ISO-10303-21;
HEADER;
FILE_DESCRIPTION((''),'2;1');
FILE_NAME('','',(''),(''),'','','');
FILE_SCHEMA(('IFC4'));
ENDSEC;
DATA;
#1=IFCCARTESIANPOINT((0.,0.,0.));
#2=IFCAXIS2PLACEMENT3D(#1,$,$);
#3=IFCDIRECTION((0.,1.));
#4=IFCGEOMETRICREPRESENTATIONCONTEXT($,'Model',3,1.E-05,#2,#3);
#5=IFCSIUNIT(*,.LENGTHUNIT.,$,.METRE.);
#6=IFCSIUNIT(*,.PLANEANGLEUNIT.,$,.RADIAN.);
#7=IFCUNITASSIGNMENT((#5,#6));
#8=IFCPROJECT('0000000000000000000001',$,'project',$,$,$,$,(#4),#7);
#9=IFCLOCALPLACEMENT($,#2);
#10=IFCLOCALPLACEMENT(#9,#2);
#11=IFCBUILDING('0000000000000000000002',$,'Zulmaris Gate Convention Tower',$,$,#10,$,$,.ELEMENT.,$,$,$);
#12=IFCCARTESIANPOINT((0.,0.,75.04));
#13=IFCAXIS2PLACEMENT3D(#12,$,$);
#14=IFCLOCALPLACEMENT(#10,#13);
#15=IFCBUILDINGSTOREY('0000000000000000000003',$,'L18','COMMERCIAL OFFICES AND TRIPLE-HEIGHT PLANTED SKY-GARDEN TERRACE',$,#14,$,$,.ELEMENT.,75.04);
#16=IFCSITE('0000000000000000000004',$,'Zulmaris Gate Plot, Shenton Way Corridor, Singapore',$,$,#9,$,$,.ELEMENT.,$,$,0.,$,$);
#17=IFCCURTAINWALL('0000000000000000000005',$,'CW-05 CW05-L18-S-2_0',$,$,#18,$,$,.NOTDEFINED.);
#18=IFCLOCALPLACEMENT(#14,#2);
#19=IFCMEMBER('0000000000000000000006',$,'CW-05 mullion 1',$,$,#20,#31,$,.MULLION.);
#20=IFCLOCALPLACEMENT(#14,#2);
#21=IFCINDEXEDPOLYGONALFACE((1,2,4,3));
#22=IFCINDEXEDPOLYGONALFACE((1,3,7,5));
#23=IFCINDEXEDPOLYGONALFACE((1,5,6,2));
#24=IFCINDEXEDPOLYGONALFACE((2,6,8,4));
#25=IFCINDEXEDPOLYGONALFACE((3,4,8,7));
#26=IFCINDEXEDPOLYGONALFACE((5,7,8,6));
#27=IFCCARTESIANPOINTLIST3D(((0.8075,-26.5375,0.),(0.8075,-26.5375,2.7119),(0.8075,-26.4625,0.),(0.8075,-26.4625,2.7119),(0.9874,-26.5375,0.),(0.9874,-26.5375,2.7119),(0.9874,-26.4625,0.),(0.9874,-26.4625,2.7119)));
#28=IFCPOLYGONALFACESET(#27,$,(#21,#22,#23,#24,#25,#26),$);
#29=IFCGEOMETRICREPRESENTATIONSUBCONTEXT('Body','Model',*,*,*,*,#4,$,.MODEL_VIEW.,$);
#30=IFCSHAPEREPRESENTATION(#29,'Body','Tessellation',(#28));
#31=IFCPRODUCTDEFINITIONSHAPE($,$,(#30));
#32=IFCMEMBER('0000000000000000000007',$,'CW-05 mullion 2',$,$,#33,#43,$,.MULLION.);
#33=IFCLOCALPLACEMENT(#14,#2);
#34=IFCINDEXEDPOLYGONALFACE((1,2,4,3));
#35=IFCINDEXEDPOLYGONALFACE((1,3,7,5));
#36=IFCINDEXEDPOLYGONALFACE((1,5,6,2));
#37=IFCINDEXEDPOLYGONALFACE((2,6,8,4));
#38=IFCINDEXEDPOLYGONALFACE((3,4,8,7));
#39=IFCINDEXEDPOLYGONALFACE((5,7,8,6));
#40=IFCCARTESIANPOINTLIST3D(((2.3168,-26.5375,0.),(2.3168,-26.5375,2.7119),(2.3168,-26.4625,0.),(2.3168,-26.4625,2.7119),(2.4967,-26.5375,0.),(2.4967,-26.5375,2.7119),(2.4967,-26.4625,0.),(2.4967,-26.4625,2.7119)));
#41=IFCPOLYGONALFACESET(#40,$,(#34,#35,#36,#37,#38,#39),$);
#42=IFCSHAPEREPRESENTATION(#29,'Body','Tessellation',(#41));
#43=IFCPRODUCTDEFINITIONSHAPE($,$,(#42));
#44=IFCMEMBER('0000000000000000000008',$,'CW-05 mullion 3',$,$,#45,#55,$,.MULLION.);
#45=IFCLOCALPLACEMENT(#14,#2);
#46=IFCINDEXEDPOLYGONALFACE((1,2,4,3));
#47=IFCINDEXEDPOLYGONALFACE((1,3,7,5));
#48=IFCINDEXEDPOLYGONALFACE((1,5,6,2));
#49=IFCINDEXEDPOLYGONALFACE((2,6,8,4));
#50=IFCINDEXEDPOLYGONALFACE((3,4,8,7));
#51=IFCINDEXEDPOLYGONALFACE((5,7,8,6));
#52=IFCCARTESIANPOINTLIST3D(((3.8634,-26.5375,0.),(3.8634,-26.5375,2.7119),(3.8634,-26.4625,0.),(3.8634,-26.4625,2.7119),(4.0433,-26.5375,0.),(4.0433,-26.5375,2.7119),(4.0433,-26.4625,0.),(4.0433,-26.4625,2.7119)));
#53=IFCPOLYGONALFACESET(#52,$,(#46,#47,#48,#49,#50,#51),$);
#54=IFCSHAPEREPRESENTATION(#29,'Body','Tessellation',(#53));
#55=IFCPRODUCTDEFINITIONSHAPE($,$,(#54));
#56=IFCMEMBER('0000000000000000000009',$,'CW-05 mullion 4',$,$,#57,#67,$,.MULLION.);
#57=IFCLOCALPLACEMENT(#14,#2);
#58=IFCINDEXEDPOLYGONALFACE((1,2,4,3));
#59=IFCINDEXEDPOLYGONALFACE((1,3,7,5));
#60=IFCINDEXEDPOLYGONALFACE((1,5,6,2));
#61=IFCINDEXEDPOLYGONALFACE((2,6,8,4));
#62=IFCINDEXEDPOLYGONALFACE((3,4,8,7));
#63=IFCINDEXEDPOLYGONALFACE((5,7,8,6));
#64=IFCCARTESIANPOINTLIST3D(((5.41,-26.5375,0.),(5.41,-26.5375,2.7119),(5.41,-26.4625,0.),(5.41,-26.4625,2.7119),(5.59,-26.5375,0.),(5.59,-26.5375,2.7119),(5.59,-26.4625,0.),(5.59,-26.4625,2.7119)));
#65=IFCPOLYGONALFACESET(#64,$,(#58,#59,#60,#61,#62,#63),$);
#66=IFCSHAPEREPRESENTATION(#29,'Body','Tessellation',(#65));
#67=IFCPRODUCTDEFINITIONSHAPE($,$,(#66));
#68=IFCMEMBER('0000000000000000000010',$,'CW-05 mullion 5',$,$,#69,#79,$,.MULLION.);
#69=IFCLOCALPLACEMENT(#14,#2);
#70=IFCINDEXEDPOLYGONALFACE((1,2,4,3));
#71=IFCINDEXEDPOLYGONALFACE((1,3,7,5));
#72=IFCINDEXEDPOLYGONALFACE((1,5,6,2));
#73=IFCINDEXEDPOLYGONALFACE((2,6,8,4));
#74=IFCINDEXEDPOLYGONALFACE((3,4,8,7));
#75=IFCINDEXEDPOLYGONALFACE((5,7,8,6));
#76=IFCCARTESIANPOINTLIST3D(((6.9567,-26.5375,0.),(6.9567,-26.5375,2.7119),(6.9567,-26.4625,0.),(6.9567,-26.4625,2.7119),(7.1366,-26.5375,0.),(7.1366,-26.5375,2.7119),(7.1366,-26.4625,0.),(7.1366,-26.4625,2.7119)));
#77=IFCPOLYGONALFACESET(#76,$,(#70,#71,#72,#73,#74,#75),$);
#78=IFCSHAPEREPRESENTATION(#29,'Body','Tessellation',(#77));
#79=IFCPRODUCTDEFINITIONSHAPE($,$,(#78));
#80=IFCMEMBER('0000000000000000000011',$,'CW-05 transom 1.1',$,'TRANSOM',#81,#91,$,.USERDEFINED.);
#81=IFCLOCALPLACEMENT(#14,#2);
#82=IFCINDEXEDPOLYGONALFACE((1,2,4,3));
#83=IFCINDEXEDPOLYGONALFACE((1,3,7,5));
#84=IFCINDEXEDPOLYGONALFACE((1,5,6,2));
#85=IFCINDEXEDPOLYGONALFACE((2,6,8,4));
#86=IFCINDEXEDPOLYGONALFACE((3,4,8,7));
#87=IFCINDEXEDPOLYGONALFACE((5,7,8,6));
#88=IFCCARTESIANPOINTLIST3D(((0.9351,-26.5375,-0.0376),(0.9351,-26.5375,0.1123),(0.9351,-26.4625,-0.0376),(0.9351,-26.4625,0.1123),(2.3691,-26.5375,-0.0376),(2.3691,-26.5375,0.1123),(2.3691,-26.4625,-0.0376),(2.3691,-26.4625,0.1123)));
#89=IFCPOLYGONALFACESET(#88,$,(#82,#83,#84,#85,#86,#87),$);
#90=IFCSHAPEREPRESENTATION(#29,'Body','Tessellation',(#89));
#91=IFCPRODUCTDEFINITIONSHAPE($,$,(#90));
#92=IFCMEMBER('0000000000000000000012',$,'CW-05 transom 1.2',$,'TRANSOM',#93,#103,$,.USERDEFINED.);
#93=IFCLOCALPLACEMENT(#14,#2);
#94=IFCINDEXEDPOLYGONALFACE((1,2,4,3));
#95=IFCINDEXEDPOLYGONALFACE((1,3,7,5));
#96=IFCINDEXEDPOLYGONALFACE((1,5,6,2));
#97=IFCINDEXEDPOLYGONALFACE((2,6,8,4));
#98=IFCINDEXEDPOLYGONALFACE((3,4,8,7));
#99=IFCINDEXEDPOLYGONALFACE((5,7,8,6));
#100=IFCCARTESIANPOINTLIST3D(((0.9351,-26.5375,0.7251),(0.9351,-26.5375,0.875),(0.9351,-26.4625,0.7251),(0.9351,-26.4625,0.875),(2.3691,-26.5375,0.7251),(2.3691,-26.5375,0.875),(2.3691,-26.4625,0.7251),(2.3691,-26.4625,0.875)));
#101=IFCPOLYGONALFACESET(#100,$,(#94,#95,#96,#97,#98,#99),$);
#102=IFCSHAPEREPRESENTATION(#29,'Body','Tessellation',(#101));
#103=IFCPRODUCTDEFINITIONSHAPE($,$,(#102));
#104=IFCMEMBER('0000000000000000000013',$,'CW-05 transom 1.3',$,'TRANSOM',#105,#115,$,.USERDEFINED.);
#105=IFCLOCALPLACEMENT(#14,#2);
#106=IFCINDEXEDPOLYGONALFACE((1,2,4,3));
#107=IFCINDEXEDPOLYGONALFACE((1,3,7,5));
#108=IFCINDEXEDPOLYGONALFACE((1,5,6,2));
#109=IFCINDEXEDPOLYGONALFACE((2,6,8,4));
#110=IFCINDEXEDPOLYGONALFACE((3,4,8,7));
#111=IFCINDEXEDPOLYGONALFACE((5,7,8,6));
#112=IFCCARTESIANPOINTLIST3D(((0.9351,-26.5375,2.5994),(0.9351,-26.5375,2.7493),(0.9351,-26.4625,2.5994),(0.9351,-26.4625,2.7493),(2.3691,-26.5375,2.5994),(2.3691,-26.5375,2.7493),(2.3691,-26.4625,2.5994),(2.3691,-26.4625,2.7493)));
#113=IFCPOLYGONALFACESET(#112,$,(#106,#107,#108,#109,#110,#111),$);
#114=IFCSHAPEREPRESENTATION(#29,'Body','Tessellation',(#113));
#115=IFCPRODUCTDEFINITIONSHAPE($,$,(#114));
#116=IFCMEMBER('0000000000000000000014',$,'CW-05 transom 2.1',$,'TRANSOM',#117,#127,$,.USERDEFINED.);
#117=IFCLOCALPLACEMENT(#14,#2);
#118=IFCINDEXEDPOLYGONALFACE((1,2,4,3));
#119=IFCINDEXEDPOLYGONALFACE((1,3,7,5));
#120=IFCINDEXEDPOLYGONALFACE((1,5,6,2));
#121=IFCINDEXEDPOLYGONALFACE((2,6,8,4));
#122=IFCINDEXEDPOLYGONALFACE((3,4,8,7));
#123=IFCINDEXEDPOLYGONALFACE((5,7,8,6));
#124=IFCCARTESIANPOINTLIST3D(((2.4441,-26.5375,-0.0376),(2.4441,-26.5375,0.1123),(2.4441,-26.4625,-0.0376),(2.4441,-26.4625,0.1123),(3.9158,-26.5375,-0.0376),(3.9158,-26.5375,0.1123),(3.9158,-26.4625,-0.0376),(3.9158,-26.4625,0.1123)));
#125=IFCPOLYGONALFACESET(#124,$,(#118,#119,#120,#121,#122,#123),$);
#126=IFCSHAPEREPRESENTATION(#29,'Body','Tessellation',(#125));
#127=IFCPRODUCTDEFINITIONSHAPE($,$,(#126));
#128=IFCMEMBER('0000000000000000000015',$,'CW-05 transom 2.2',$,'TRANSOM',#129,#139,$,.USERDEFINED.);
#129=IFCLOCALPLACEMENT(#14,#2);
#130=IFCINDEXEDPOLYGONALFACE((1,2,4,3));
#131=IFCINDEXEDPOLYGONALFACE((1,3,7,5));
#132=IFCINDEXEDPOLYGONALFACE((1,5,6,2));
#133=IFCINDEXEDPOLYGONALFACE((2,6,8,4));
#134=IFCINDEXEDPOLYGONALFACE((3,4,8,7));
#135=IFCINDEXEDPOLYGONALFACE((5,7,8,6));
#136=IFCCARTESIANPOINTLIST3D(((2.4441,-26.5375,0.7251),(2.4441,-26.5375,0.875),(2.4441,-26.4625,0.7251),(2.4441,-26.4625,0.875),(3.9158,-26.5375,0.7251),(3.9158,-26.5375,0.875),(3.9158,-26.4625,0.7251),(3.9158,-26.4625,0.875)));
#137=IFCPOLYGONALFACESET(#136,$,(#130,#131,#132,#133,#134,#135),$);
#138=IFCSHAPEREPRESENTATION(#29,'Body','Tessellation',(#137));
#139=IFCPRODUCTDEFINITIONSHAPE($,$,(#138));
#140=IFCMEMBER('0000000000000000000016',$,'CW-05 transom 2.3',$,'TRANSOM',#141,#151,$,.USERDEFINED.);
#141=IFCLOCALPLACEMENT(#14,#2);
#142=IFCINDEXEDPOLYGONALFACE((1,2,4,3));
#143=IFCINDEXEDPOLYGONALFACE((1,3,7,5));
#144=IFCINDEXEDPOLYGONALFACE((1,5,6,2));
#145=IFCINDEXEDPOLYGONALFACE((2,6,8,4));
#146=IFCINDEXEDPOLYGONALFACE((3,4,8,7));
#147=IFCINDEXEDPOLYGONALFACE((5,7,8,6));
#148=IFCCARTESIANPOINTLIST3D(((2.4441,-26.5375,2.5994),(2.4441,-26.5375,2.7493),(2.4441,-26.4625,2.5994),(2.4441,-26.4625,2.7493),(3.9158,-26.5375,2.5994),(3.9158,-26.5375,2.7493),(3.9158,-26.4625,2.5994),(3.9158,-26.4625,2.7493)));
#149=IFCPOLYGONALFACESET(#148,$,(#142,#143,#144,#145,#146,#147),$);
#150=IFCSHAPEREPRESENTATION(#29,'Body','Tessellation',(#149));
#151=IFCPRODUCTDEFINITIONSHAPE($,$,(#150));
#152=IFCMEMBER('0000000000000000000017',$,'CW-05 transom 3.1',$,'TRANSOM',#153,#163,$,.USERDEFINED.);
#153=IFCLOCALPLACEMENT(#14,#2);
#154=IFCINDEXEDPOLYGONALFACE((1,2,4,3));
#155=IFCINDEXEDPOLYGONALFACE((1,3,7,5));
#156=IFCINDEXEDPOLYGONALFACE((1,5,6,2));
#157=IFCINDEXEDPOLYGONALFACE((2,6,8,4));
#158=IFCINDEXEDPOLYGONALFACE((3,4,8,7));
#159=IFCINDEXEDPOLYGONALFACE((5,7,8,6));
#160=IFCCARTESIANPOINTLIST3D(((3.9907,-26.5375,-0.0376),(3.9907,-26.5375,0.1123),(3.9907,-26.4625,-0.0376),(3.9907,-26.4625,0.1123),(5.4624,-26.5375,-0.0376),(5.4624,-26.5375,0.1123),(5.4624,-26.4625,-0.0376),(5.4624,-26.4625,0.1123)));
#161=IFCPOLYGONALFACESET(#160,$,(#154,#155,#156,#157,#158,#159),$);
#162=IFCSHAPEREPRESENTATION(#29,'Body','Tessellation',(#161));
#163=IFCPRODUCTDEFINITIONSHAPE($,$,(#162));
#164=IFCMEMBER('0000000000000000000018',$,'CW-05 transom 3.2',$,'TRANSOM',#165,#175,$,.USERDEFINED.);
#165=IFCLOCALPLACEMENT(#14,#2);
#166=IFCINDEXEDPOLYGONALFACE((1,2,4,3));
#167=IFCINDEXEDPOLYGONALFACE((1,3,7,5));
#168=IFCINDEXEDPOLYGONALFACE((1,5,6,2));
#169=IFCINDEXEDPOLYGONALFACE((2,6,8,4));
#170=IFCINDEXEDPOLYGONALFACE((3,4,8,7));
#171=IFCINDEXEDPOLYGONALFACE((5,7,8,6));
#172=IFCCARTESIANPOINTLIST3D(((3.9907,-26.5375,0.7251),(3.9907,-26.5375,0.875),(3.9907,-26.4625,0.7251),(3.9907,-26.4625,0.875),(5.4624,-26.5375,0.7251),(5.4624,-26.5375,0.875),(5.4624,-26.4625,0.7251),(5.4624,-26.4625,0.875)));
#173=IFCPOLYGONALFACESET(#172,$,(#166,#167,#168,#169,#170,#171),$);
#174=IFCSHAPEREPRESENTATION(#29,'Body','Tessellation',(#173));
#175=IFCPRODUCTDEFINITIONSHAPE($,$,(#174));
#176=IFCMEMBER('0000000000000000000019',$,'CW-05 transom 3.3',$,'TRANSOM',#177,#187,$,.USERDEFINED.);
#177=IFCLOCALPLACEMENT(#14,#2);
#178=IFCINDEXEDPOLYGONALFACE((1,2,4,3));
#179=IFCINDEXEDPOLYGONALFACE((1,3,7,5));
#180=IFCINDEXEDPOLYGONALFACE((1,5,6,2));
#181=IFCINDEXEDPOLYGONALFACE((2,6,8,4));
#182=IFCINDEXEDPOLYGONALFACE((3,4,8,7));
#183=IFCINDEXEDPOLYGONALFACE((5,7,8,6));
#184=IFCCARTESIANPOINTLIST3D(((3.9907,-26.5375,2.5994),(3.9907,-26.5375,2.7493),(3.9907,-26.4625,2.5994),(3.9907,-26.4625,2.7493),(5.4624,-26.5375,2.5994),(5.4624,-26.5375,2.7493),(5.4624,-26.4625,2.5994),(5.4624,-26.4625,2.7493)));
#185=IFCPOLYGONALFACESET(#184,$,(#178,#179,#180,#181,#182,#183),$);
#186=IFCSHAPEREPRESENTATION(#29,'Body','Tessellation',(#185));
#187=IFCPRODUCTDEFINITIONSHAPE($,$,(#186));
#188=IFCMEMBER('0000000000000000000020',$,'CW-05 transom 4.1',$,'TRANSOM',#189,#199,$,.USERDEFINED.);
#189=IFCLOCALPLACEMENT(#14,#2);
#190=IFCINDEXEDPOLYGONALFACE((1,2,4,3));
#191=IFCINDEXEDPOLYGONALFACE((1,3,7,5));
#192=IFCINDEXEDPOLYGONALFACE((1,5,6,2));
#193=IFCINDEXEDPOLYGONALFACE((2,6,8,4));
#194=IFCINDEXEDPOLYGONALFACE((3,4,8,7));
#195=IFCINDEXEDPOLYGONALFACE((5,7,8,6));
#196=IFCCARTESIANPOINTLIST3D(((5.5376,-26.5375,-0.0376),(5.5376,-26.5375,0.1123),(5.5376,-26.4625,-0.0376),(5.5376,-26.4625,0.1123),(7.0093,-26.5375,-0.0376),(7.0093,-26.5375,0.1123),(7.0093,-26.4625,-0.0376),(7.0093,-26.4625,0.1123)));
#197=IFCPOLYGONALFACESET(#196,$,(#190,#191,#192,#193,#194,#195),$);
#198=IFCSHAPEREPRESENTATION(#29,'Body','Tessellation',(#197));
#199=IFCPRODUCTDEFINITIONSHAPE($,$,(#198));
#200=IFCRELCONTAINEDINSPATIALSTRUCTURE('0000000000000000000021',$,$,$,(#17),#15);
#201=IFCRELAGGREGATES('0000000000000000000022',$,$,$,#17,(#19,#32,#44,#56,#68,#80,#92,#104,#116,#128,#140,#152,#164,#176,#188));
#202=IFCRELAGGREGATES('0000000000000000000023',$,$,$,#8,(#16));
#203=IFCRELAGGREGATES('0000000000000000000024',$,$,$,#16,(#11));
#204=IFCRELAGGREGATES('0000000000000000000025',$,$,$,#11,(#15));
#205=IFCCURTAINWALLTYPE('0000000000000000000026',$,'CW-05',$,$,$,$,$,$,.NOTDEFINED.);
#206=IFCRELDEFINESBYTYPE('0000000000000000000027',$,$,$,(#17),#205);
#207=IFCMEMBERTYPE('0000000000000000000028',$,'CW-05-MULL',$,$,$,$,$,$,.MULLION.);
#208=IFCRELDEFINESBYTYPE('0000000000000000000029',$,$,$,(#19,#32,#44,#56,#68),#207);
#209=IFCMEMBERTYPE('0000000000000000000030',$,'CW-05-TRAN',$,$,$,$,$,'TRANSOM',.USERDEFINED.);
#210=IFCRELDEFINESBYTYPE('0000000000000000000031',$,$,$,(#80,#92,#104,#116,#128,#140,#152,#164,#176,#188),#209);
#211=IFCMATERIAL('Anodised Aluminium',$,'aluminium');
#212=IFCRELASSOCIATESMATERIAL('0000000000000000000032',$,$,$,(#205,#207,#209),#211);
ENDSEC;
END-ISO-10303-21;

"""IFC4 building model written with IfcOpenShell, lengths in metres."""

from ifc_helpers import new_model, si_unit, direction, frame, origin, origin_2d, place, context, subcontext, project, spatial, rectangle, extrude, material, material_profile, profile_set, type_object, element, aggregate, save


model = new_model("IFC4")

# Units and contexts
model_context = context("Model", 3, precision=1e-05, world=origin(), true_north=direction((0.0, 1.0)))
body_context = subcontext(model_context, "Body", "Model", "MODEL_VIEW")
ifc_project = project(units=[si_unit("LENGTHUNIT", "METRE"), si_unit("PLANEANGLEUNIT", "RADIAN")], contexts=[model_context])

# Site, building, storey
site_placement = place(None, origin())
site = spatial("IfcSite", under=ifc_project, at=site_placement, Name="Zulmaris Gate Plot, Shenton Way Corridor, Singapore", CompositionType="ELEMENT", RefElevation=0.0)
building_placement = place(site_placement, origin())
building = spatial("IfcBuilding", under=site, at=building_placement, Name="Zulmaris Gate Convention Tower", CompositionType="ELEMENT")
storey_placement = place(building_placement, frame((0.0, 0.0, 75.04)))
storey = spatial("IfcBuildingStorey", under=building, at=storey_placement, Name="L18", Description="COMMERCIAL OFFICES AND TRIPLE-HEIGHT PLANTED SKY-GARDEN TERRACE", CompositionType="ELEMENT", Elevation=75.04)

# Curtain wall, members
ifc_material_1 = material(Name="Anodised Aluminium", Category="aluminium")
curtain_wall_type = type_object("IfcCurtainWallType", Name="CW-05", PredefinedType="NOTDEFINED", material=ifc_material_1)
curtain_wall_placement = place(storey_placement, origin())
curtain_wall = element("IfcCurtainWall", 1, at=curtain_wall_placement, inside=storey, type_object=curtain_wall_type, Name="CW-05 CW05-L18-S-2_0", PredefinedType="NOTDEFINED")
ifc_material_profile_1 = material_profile(ifc_material_1, rectangle(XDim=0.075, YDim=0.1799, at=origin_2d()), Name="ALU MULLION 75x180")
ifc_profile_set_1 = profile_set([ifc_material_profile_1], Name="Anodised Aluminium")
member_type_1 = type_object("IfcMemberType", Name="CW-05-MULL", PredefinedType="MULLION", material=ifc_profile_set_1)
member_1_placement = place(storey_placement, frame((0.8975, -26.5, 0.0), z_axis=(0.0, 0.0, 1.0), x_axis=(0.0, 1.0, 0.0)))
member_1 = element("IfcMember", 2, at=member_1_placement, type_object=member_type_1, Name="CW-05 mullion 1", PredefinedType="MULLION", context=body_context, shape_type="SweptSolid", body=[
    extrude(rectangle(XDim=0.075, YDim=0.1799, at=origin_2d()), origin(), (0.0, 0.0, 1.0), 2.7119),
])
member_2_placement = place(storey_placement, frame((2.4067, -26.5, 0.0), z_axis=(0.0, 0.0, 1.0), x_axis=(0.0, 1.0, 0.0)))
member_2 = element("IfcMember", 3, at=member_2_placement, type_object=member_type_1, Name="CW-05 mullion 2", PredefinedType="MULLION", context=body_context, shape_type="SweptSolid", body=[
    extrude(rectangle(XDim=0.075, YDim=0.1799, at=origin_2d()), origin(), (0.0, 0.0, 1.0), 2.7119),
])
member_3_placement = place(storey_placement, frame((3.9534, -26.5, 0.0), z_axis=(0.0, 0.0, 1.0), x_axis=(0.0, 1.0, 0.0)))
member_3 = element("IfcMember", 4, at=member_3_placement, type_object=member_type_1, Name="CW-05 mullion 3", PredefinedType="MULLION", context=body_context, shape_type="SweptSolid", body=[
    extrude(rectangle(XDim=0.075, YDim=0.1799, at=origin_2d()), origin(), (0.0, 0.0, 1.0), 2.7119),
])
member_4_placement = place(storey_placement, frame((5.5, -26.5, 0.0), z_axis=(0.0, 0.0, 1.0), x_axis=(0.0, 1.0, 0.0)))
member_4 = element("IfcMember", 5, at=member_4_placement, type_object=member_type_1, Name="CW-05 mullion 4", PredefinedType="MULLION", context=body_context, shape_type="SweptSolid", body=[
    extrude(rectangle(XDim=0.075, YDim=0.1799, at=origin_2d()), origin(), (0.0, 0.0, 1.0), 2.7119),
])
member_5_placement = place(storey_placement, frame((7.0466, -26.5, 0.0), z_axis=(0.0, 0.0, 1.0), x_axis=(0.0, 1.0, 0.0)))
member_5 = element("IfcMember", 6, at=member_5_placement, type_object=member_type_1, Name="CW-05 mullion 5", PredefinedType="MULLION", context=body_context, shape_type="SweptSolid", body=[
    extrude(rectangle(XDim=0.075, YDim=0.1799, at=origin_2d()), origin(), (0.0, 0.0, 1.0), 2.7119),
])
ifc_material_profile_2 = material_profile(ifc_material_1, rectangle(XDim=0.075, YDim=0.1499, at=origin_2d()), Name="ALU TRANSOM 75x150")
ifc_profile_set_2 = profile_set([ifc_material_profile_2], Name="Anodised Aluminium")
member_type_2 = type_object("IfcMemberType", Name="CW-05-TRAN", ElementType="TRANSOM", PredefinedType="USERDEFINED", material=ifc_profile_set_2)
member_6_placement = place(storey_placement, frame((0.9351, -26.5, 0.0374), z_axis=(1.0, 0.0, 0.0), x_axis=(0.0, 1.0, 0.0)))
member_6 = element("IfcMember", 7, at=member_6_placement, type_object=member_type_2, Name="CW-05 transom 1.1", ObjectType="TRANSOM", PredefinedType="USERDEFINED", context=body_context, shape_type="SweptSolid", body=[
    extrude(rectangle(XDim=0.075, YDim=0.1499, at=origin_2d()), origin(), (0.0, 0.0, 1.0), 1.4341),
])
member_7_placement = place(storey_placement, frame((0.9351, -26.5, 0.8), z_axis=(1.0, 0.0, 0.0), x_axis=(0.0, 1.0, 0.0)))
member_7 = element("IfcMember", 8, at=member_7_placement, type_object=member_type_2, Name="CW-05 transom 1.2", ObjectType="TRANSOM", PredefinedType="USERDEFINED", context=body_context, shape_type="SweptSolid", body=[
    extrude(rectangle(XDim=0.075, YDim=0.1499, at=origin_2d()), origin(), (0.0, 0.0, 1.0), 1.4341),
])
member_8_placement = place(storey_placement, frame((0.9351, -26.5, 2.6743), z_axis=(1.0, 0.0, 0.0), x_axis=(0.0, 1.0, 0.0)))
member_8 = element("IfcMember", 9, at=member_8_placement, type_object=member_type_2, Name="CW-05 transom 1.3", ObjectType="TRANSOM", PredefinedType="USERDEFINED", context=body_context, shape_type="SweptSolid", body=[
    extrude(rectangle(XDim=0.075, YDim=0.1499, at=origin_2d()), origin(), (0.0, 0.0, 1.0), 1.4341),
])
member_9_placement = place(storey_placement, frame((2.4441, -26.5, 0.0374), z_axis=(1.0, 0.0, 0.0), x_axis=(0.0, 1.0, 0.0)))
member_9 = element("IfcMember", 10, at=member_9_placement, type_object=member_type_2, Name="CW-05 transom 2.1", ObjectType="TRANSOM", PredefinedType="USERDEFINED", context=body_context, shape_type="SweptSolid", body=[
    extrude(rectangle(XDim=0.075, YDim=0.1499, at=origin_2d()), origin(), (0.0, 0.0, 1.0), 1.4717),
])
member_10_placement = place(storey_placement, frame((2.4441, -26.5, 0.8), z_axis=(1.0, 0.0, 0.0), x_axis=(0.0, 1.0, 0.0)))
member_10 = element("IfcMember", 11, at=member_10_placement, type_object=member_type_2, Name="CW-05 transom 2.2", ObjectType="TRANSOM", PredefinedType="USERDEFINED", context=body_context, shape_type="SweptSolid", body=[
    extrude(rectangle(XDim=0.075, YDim=0.1499, at=origin_2d()), origin(), (0.0, 0.0, 1.0), 1.4717),
])
member_11_placement = place(storey_placement, frame((2.4441, -26.5, 2.6743), z_axis=(1.0, 0.0, 0.0), x_axis=(0.0, 1.0, 0.0)))
member_11 = element("IfcMember", 12, at=member_11_placement, type_object=member_type_2, Name="CW-05 transom 2.3", ObjectType="TRANSOM", PredefinedType="USERDEFINED", context=body_context, shape_type="SweptSolid", body=[
    extrude(rectangle(XDim=0.075, YDim=0.1499, at=origin_2d()), origin(), (0.0, 0.0, 1.0), 1.4717),
])
member_12_placement = place(storey_placement, frame((3.9907, -26.5, 0.0374), z_axis=(1.0, 0.0, 0.0), x_axis=(0.0, 1.0, 0.0)))
member_12 = element("IfcMember", 13, at=member_12_placement, type_object=member_type_2, Name="CW-05 transom 3.1", ObjectType="TRANSOM", PredefinedType="USERDEFINED", context=body_context, shape_type="SweptSolid", body=[
    extrude(rectangle(XDim=0.075, YDim=0.1499, at=origin_2d()), origin(), (0.0, 0.0, 1.0), 1.4717),
])
member_13_placement = place(storey_placement, frame((3.9907, -26.5, 0.8), z_axis=(1.0, 0.0, 0.0), x_axis=(0.0, 1.0, 0.0)))
member_13 = element("IfcMember", 14, at=member_13_placement, type_object=member_type_2, Name="CW-05 transom 3.2", ObjectType="TRANSOM", PredefinedType="USERDEFINED", context=body_context, shape_type="SweptSolid", body=[
    extrude(rectangle(XDim=0.075, YDim=0.1499, at=origin_2d()), origin(), (0.0, 0.0, 1.0), 1.4717),
])
member_14_placement = place(storey_placement, frame((3.9907, -26.5, 2.6743), z_axis=(1.0, 0.0, 0.0), x_axis=(0.0, 1.0, 0.0)))
member_14 = element("IfcMember", 15, at=member_14_placement, type_object=member_type_2, Name="CW-05 transom 3.3", ObjectType="TRANSOM", PredefinedType="USERDEFINED", context=body_context, shape_type="SweptSolid", body=[
    extrude(rectangle(XDim=0.075, YDim=0.1499, at=origin_2d()), origin(), (0.0, 0.0, 1.0), 1.4717),
])
member_15_placement = place(storey_placement, frame((5.5376, -26.5, 0.0374), z_axis=(1.0, 0.0, 0.0), x_axis=(0.0, 1.0, 0.0)))
member_15 = element("IfcMember", 16, at=member_15_placement, type_object=member_type_2, Name="CW-05 transom 4.1", ObjectType="TRANSOM", PredefinedType="USERDEFINED", context=body_context, shape_type="SweptSolid", body=[
    extrude(rectangle(XDim=0.075, YDim=0.1499, at=origin_2d()), origin(), (0.0, 0.0, 1.0), 1.4717),
])
aggregate(curtain_wall, [member_1, member_2, member_3, member_4, member_5, member_6, member_7, member_8, member_9, member_10, member_11, member_12, member_13, member_14, member_15])

save(model, "model.ifc")
